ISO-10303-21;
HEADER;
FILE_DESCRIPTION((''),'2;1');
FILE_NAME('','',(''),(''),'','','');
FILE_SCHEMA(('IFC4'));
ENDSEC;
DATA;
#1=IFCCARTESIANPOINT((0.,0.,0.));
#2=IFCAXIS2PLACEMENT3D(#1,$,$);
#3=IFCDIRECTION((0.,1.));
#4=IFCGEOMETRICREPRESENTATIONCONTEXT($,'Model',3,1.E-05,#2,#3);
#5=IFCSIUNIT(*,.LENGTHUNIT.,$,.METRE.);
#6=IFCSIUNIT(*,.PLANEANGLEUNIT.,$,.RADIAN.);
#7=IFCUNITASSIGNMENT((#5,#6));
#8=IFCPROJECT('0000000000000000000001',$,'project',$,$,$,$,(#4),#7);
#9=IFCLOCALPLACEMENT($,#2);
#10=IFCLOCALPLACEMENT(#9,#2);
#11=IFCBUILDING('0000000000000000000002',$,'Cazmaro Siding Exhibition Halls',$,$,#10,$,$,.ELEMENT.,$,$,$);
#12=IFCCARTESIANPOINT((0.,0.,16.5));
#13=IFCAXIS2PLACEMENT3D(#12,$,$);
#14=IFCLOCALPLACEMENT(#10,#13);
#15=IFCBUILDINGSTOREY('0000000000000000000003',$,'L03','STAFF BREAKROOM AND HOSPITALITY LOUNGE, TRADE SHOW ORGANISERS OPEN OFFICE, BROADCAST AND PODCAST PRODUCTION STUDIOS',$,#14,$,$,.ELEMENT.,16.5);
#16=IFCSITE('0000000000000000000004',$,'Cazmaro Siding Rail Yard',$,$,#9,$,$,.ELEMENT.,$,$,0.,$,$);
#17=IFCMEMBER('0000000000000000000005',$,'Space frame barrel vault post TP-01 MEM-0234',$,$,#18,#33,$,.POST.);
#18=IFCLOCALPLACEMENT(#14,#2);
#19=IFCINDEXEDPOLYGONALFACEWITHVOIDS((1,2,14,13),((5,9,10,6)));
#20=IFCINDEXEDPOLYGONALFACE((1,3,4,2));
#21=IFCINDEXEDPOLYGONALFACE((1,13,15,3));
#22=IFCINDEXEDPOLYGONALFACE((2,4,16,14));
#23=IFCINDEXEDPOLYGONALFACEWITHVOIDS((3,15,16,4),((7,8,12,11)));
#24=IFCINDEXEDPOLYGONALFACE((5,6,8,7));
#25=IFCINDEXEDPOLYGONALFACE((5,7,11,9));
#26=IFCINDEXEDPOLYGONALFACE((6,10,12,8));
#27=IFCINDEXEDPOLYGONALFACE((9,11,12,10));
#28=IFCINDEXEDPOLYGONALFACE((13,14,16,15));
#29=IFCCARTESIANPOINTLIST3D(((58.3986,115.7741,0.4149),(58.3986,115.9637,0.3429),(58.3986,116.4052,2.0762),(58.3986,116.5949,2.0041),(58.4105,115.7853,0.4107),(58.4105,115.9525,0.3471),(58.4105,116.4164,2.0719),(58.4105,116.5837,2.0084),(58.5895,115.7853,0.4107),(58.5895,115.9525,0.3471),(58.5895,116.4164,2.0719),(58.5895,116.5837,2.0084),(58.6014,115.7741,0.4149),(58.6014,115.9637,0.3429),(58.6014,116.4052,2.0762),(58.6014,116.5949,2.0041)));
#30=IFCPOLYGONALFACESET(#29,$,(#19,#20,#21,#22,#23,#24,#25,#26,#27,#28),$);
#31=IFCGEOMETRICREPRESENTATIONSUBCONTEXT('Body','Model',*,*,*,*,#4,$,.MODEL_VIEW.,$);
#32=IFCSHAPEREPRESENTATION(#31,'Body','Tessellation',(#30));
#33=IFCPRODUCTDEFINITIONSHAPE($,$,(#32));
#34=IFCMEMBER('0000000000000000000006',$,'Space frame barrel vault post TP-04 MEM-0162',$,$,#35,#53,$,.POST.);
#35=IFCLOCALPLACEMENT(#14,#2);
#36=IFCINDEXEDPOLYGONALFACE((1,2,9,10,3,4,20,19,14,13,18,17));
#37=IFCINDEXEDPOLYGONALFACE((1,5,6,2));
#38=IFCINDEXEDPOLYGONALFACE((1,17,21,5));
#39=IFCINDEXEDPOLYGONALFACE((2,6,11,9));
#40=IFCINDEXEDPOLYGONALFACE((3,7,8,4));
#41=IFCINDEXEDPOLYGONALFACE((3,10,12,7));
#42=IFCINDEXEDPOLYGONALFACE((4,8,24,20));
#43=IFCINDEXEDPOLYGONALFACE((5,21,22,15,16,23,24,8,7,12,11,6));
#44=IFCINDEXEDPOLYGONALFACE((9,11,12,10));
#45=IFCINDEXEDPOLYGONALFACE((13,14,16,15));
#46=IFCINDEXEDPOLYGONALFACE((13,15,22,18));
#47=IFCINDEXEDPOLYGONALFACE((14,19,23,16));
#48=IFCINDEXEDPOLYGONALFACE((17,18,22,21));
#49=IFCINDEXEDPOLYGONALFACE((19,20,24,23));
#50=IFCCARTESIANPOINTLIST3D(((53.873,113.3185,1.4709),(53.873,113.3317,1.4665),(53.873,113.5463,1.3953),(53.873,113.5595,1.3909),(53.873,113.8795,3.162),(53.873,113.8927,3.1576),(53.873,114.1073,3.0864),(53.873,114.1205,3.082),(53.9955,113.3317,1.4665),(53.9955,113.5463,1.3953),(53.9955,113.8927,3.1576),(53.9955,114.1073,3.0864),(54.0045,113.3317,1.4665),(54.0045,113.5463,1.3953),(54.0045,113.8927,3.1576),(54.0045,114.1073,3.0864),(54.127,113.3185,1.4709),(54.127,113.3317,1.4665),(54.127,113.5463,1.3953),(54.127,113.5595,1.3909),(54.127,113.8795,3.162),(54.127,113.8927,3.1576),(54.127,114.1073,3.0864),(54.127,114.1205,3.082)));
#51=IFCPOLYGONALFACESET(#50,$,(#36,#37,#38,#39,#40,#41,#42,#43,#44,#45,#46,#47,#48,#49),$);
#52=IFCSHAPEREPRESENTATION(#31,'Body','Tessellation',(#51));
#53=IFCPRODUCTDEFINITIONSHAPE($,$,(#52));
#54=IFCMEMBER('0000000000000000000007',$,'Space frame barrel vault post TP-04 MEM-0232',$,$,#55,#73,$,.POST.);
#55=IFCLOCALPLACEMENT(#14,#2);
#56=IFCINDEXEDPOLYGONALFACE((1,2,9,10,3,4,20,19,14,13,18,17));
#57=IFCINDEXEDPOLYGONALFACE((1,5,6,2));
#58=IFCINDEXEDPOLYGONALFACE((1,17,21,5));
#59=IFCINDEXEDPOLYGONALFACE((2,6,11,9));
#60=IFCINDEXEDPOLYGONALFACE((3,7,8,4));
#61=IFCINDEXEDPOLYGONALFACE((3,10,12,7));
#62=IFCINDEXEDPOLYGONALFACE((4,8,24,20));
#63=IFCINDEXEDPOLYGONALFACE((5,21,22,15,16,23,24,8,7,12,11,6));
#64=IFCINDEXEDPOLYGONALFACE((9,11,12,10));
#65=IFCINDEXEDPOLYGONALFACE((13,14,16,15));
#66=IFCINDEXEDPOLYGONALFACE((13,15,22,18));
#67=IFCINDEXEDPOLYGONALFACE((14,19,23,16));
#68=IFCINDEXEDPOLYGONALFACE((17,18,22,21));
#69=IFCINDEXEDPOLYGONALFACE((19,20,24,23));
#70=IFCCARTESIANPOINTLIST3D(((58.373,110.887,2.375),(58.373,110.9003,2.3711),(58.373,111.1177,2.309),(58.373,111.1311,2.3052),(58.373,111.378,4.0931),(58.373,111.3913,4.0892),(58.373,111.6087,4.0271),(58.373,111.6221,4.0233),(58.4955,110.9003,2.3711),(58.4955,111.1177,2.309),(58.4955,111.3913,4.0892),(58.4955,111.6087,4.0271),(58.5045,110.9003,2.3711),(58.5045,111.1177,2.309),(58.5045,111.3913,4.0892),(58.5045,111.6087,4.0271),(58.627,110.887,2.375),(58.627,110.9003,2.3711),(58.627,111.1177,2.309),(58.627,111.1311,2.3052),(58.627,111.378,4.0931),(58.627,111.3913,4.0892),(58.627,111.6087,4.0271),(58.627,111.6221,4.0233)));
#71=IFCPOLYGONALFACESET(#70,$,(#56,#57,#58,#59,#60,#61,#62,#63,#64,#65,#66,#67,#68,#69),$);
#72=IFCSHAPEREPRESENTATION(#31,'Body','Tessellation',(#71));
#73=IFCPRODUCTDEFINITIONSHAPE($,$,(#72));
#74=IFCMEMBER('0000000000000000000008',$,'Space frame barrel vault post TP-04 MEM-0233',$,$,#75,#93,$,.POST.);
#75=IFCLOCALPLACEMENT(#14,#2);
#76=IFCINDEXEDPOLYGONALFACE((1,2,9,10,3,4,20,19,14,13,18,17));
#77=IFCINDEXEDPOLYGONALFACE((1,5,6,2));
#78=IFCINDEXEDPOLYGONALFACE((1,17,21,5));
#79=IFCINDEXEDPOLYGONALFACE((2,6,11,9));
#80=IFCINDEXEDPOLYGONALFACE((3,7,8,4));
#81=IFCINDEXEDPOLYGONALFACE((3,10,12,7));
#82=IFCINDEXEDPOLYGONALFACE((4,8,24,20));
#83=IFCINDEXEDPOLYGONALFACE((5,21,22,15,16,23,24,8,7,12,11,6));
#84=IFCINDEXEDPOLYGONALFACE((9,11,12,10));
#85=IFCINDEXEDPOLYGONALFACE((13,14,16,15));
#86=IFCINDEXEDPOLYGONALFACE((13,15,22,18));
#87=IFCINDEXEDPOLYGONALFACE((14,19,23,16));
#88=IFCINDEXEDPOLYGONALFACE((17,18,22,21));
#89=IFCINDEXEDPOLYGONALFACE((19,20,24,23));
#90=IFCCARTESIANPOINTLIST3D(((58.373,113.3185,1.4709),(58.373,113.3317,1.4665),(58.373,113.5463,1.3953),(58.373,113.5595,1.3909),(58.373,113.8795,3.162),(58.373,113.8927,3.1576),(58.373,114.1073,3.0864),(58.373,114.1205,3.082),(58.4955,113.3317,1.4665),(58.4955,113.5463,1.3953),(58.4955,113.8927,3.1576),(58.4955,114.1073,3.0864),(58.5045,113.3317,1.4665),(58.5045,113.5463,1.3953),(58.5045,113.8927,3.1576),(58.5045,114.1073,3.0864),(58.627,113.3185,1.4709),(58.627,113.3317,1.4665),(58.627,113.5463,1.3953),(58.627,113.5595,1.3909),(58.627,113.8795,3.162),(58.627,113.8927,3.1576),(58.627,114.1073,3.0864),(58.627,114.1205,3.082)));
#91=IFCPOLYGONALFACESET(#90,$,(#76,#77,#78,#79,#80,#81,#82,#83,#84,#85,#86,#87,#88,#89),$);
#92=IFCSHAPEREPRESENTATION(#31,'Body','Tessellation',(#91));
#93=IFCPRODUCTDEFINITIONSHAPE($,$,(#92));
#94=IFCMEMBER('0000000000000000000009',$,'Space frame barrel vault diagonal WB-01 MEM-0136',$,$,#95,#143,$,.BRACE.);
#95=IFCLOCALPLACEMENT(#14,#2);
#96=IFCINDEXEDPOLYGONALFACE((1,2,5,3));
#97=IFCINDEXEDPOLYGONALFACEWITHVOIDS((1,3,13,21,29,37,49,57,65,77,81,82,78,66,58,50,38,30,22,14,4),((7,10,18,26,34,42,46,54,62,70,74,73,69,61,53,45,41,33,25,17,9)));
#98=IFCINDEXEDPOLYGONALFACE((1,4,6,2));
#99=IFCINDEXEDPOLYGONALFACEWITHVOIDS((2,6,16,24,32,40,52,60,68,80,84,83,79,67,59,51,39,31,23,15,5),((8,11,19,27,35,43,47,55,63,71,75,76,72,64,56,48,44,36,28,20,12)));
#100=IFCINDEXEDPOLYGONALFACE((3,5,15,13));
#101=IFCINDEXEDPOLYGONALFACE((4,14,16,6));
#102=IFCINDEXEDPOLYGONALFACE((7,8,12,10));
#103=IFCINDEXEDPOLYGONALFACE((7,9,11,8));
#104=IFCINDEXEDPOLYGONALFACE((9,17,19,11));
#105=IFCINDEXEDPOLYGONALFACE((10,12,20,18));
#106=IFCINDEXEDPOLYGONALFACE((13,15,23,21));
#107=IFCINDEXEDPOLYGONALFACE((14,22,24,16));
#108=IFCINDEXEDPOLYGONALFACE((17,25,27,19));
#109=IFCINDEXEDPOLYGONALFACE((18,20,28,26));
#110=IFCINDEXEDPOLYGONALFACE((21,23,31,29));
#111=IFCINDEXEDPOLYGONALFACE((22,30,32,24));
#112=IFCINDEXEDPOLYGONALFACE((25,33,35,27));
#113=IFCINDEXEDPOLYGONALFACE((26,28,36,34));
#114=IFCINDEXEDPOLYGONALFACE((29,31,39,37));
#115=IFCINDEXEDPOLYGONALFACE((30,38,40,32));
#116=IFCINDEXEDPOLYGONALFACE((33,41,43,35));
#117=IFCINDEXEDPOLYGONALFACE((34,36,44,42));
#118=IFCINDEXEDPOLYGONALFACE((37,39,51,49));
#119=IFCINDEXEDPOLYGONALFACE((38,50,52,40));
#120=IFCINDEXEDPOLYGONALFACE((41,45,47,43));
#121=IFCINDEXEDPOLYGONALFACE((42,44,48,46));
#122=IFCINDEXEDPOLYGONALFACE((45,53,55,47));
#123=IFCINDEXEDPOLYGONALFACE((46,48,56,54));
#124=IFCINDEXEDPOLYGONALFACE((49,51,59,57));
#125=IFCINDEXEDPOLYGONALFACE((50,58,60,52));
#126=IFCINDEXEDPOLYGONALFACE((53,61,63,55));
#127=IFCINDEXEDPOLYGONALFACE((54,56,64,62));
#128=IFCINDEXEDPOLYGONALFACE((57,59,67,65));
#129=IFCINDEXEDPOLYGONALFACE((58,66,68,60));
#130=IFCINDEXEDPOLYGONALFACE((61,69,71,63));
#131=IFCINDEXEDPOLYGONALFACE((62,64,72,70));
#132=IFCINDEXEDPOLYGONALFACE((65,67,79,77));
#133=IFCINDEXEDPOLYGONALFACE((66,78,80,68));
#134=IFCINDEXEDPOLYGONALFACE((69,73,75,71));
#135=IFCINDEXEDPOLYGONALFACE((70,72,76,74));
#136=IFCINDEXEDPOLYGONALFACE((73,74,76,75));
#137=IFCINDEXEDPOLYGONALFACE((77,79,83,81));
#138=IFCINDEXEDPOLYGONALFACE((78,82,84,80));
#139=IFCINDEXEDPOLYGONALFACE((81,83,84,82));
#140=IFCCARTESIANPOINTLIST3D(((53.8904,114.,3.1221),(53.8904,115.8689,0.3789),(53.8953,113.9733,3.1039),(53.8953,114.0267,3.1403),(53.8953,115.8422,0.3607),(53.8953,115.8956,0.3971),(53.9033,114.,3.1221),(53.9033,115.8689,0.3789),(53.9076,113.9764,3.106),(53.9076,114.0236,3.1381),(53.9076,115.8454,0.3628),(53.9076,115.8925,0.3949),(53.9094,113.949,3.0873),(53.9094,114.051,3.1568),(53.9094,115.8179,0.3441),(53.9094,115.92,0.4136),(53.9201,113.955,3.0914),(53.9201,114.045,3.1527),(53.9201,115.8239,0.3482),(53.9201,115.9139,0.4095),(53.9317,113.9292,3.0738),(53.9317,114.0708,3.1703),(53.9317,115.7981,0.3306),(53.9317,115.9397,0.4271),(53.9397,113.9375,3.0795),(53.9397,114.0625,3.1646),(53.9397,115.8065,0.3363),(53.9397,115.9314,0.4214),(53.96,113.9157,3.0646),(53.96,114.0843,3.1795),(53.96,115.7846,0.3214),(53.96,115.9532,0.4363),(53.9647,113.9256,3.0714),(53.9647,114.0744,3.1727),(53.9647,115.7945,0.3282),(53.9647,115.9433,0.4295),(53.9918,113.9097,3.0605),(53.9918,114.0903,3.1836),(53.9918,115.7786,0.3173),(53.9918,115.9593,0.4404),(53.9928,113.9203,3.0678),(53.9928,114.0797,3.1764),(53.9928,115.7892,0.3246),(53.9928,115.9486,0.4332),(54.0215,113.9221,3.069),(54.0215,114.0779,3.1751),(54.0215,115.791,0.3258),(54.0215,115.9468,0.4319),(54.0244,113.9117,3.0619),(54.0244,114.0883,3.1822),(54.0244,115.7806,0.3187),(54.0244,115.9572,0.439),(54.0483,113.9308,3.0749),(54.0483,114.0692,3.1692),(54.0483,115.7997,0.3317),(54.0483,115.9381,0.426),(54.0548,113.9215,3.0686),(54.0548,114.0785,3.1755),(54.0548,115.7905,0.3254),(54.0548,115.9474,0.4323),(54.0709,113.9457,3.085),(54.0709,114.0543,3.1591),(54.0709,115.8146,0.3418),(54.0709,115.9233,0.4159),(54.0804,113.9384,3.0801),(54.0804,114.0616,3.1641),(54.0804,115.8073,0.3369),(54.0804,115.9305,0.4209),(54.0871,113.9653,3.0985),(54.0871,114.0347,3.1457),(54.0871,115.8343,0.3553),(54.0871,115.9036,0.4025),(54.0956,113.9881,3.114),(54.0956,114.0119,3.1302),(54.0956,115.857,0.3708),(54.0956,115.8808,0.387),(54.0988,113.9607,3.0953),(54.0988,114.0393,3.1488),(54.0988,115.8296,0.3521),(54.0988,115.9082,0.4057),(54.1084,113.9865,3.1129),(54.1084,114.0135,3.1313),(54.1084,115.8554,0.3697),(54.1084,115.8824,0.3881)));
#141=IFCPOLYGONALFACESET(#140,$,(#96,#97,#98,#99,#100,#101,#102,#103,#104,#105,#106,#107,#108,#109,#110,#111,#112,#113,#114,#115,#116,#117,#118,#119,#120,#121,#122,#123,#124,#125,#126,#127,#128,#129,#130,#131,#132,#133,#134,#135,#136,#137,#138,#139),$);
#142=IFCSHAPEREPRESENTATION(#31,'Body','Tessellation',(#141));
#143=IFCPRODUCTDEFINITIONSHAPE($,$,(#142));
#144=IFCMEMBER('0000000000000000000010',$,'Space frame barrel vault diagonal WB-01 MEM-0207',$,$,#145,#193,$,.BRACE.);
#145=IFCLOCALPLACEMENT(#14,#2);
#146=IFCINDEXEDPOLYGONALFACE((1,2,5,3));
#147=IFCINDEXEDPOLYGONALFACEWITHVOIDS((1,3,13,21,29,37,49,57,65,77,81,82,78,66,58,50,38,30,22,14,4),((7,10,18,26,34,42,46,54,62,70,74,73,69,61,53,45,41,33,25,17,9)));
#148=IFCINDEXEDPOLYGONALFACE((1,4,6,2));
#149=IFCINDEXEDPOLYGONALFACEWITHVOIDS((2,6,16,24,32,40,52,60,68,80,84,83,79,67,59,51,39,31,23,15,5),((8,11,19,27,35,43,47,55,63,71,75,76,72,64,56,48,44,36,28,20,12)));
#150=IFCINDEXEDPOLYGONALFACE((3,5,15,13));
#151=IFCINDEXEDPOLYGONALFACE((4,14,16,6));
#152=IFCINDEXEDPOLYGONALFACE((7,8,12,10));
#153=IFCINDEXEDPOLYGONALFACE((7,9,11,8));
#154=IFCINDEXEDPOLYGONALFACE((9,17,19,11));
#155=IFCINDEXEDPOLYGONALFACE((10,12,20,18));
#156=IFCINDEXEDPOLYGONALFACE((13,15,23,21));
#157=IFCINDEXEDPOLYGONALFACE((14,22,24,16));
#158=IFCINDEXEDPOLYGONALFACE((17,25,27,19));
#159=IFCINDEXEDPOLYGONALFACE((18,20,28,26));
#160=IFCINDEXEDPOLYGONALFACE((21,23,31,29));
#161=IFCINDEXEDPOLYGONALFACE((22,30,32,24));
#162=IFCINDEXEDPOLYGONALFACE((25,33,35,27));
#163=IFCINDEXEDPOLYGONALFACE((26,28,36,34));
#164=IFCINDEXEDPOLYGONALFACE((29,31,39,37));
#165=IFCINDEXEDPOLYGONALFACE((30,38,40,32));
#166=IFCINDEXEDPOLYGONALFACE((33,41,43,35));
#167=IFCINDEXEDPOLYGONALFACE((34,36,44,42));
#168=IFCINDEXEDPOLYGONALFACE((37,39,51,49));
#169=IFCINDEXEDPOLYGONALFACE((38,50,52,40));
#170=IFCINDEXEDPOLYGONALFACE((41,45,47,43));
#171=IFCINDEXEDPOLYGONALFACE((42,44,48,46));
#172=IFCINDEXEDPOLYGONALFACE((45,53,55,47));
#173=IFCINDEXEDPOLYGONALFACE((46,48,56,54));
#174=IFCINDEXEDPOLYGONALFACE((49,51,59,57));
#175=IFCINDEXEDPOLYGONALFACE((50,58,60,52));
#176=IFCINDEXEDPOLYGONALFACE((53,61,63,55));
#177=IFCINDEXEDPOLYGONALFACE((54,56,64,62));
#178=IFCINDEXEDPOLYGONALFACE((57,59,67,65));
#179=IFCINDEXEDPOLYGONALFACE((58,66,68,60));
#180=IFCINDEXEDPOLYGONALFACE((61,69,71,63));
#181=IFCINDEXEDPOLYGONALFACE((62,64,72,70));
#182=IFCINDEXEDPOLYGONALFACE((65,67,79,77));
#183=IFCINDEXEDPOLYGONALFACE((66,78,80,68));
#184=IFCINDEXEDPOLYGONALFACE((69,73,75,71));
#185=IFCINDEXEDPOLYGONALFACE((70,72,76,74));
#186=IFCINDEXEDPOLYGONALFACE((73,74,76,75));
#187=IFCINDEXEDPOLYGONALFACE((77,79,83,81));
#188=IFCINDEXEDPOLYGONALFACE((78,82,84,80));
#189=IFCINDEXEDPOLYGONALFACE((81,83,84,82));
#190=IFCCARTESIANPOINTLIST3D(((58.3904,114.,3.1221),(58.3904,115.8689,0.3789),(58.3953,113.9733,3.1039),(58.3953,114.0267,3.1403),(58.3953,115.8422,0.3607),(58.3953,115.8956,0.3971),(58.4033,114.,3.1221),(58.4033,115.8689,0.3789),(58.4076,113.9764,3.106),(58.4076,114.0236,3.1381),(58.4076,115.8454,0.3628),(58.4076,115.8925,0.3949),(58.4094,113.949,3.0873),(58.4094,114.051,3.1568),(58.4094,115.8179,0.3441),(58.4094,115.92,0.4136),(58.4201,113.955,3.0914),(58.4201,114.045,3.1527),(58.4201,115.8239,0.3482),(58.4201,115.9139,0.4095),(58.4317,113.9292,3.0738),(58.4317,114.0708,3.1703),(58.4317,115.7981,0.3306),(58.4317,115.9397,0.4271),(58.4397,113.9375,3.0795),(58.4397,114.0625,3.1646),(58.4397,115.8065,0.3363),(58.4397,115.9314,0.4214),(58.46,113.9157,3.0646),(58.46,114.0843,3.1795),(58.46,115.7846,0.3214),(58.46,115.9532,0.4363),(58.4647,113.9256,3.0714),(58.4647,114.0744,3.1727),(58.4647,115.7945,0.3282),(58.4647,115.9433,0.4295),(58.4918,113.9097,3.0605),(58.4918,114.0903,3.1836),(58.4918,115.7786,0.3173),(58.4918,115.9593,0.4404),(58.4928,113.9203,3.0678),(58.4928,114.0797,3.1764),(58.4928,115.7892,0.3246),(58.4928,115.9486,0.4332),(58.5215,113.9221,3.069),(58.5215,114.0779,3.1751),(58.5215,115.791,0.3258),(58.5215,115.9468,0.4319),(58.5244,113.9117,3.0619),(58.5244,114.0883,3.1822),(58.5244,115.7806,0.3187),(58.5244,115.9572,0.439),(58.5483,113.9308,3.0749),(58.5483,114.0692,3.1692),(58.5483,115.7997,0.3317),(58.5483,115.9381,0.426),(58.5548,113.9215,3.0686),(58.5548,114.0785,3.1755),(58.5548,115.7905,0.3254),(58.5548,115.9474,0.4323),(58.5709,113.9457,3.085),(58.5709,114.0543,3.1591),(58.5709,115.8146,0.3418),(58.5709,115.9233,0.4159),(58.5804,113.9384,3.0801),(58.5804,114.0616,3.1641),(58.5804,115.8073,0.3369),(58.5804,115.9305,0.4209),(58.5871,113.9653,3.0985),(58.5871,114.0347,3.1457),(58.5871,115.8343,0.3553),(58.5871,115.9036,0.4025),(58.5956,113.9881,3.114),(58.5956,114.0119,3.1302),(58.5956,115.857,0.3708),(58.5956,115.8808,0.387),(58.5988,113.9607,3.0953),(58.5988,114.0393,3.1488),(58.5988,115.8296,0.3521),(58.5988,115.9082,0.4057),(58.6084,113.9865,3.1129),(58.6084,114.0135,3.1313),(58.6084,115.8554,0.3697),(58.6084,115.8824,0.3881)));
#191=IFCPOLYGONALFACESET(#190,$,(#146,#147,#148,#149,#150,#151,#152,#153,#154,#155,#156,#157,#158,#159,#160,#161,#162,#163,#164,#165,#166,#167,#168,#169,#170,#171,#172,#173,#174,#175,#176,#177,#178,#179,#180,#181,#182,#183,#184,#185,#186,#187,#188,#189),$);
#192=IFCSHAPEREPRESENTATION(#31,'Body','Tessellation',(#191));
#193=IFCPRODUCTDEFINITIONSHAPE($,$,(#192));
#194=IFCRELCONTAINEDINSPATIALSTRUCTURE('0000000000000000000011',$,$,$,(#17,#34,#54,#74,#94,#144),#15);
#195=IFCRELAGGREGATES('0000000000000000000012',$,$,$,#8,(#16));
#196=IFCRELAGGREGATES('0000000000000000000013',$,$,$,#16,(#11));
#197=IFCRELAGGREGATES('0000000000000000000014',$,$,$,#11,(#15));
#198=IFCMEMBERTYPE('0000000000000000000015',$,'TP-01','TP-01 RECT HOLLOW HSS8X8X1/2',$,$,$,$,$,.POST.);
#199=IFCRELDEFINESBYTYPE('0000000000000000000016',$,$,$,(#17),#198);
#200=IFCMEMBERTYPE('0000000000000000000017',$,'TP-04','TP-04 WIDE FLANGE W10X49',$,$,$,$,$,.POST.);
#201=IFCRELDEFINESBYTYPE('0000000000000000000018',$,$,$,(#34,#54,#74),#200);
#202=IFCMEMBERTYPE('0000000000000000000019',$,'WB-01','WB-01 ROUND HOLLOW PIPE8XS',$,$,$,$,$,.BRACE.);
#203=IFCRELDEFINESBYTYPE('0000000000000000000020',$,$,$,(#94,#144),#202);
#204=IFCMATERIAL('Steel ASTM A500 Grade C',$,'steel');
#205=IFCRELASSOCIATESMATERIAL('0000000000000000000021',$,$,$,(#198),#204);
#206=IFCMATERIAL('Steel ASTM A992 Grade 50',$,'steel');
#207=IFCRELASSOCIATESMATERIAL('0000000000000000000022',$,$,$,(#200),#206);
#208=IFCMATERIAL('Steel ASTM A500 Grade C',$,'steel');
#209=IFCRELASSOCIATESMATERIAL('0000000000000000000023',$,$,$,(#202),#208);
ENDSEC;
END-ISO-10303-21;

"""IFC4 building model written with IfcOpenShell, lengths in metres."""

from ifc_helpers import new_model, si_unit, direction, frame, origin, origin_2d, place, context, subcontext, project, spatial, hollow_rectangle, hollow_circle, i_section, extrude, material, material_profile, profile_set, type_object, element, save


model = new_model("IFC4")

# Units and contexts
model_context = context("Model", 3, precision=1e-05, world=origin(), true_north=direction((0.0, 1.0)))
body_context = subcontext(model_context, "Body", "Model", "MODEL_VIEW")
ifc_project = project(units=[si_unit("LENGTHUNIT", "METRE"), si_unit("PLANEANGLEUNIT", "RADIAN")], contexts=[model_context])

# Site, building, storey
site_placement = place(None, origin())
site = spatial("IfcSite", under=ifc_project, at=site_placement, Name="Cazmaro Siding Rail Yard", CompositionType="ELEMENT", RefElevation=0.0)
building_placement = place(site_placement, origin())
building = spatial("IfcBuilding", under=site, at=building_placement, Name="Cazmaro Siding Exhibition Halls", CompositionType="ELEMENT")
storey_placement = place(building_placement, frame((0.0, 0.0, 16.5)))
storey = spatial("IfcBuildingStorey", under=building, at=storey_placement, Name="L03", Description="STAFF BREAKROOM AND HOSPITALITY LOUNGE, TRADE SHOW ORGANISERS OPEN OFFICE, BROADCAST AND PODCAST PRODUCTION STUDIOS", CompositionType="ELEMENT", Elevation=16.5)

# Members
ifc_material_1 = material(Name="Steel ASTM A500 Grade C", Category="steel")
ifc_material_profile_1 = material_profile(ifc_material_1, hollow_rectangle(XDim=0.2029, YDim=0.2029, WallThickness=0.012, at=origin_2d()), Name="HSS8X8X1/2")
ifc_profile_set_1 = profile_set([ifc_material_profile_1], Name="Steel ASTM A500 Grade C")
member_type_1 = type_object("IfcMemberType", Name="TP-01", Description="TP-01 RECT HOLLOW HSS8X8X1/2", PredefinedType="POST", material=ifc_profile_set_1)
for number, where, z_axis, x_axis, name in (
    (1, (58.5, 115.8689, 0.3789), (0.0, 0.355155, 0.934807), (-1.0, 0.0, 0.0), "Space frame barrel vault post TP-01 MEM-0234"),
):
    element("IfcMember", number, at=place(storey_placement, frame(where, z_axis=z_axis, x_axis=x_axis)), inside=storey, type_object=member_type_1, Name=name, PredefinedType="POST", context=body_context, shape_type="SweptSolid", body=[
        extrude(hollow_rectangle(XDim=0.2029, YDim=0.2029, WallThickness=0.012, at=origin_2d()), origin(), (0.0, 0.0, 1.0), 1.7771),
    ])
ifc_material_2 = material(Name="Steel ASTM A992 Grade 50", Category="steel")
ifc_material_profile_2 = material_profile(ifc_material_2, i_section(OverallWidth=0.2539, OverallDepth=0.2539, WebThickness=0.009, FlangeThickness=0.0139, at=origin_2d()), Name="W10X49")
ifc_profile_set_2 = profile_set([ifc_material_profile_2], Name="Steel ASTM A992 Grade 50")
member_type_2 = type_object("IfcMemberType", Name="TP-04", Description="TP-04 WIDE FLANGE W10X49", PredefinedType="POST", material=ifc_profile_set_2)
member_1_placement = place(storey_placement, frame((54.0, 113.439, 1.4309), z_axis=(0.0, 0.314871, 0.949134), x_axis=(-1.0, 0.0, 0.0)))
element("IfcMember", 2, at=member_1_placement, inside=storey, type_object=member_type_2, Name="Space frame barrel vault post TP-04 MEM-0162", PredefinedType="POST", context=body_context, shape_type="SweptSolid", body=[
    extrude(i_section(OverallWidth=0.2539, OverallDepth=0.2539, WebThickness=0.009, FlangeThickness=0.0139, at=origin_2d()), origin(), (0.0, 0.0, 1.0), 1.7817),
])
member_2_placement = place(storey_placement, frame((58.5, 111.009, 2.3401), z_axis=(0.0, 0.274775, 0.961508), x_axis=(-1.0, 0.0, 0.0)))
element("IfcMember", 3, at=member_2_placement, inside=storey, type_object=member_type_2, Name="Space frame barrel vault post TP-04 MEM-0232", PredefinedType="POST", context=body_context, shape_type="SweptSolid", body=[
    extrude(i_section(OverallWidth=0.2539, OverallDepth=0.2539, WebThickness=0.009, FlangeThickness=0.0139, at=origin_2d()), origin(), (0.0, 0.0, 1.0), 1.7869),
])
member_3_placement = place(storey_placement, frame((58.5, 113.439, 1.4309), z_axis=(0.0, 0.314871, 0.949134), x_axis=(-1.0, 0.0, 0.0)))
element("IfcMember", 4, at=member_3_placement, inside=storey, type_object=member_type_2, Name="Space frame barrel vault post TP-04 MEM-0233", PredefinedType="POST", context=body_context, shape_type="SweptSolid", body=[
    extrude(i_section(OverallWidth=0.2539, OverallDepth=0.2539, WebThickness=0.009, FlangeThickness=0.0139, at=origin_2d()), origin(), (0.0, 0.0, 1.0), 1.7817),
])
ifc_material_3 = material(Name="Steel ASTM A500 Grade C", Category="steel")
ifc_material_profile_3 = material_profile(ifc_material_3, hollow_circle(Radius=0.1096, WallThickness=0.0129, at=origin_2d()), Name="PIPE8XS")
ifc_profile_set_3 = profile_set([ifc_material_profile_3], Name="Steel ASTM A500 Grade C")
member_type_3 = type_object("IfcMemberType", Name="WB-01", Description="WB-01 ROUND HOLLOW PIPE8XS", PredefinedType="BRACE", material=ifc_profile_set_3)
for number, where, z_axis, x_axis, name in (
    (5, (54.0, 114.0, 3.1221), (0.0, 0.56304, -0.82643), (-1.0, 0.0, 0.0), "Space frame barrel vault diagonal WB-01 MEM-0136"),
    (6, (58.5, 114.0, 3.1221), (0.0, 0.56304, -0.82643), (-1.0, 0.0, 0.0), "Space frame barrel vault diagonal WB-01 MEM-0207"),
):
    element("IfcMember", number, at=place(storey_placement, frame(where, z_axis=z_axis, x_axis=x_axis)), inside=storey, type_object=member_type_3, Name=name, PredefinedType="BRACE", context=body_context, shape_type="SweptSolid", body=[
        extrude(hollow_circle(Radius=0.1096, WallThickness=0.0129, at=origin_2d()), origin(), (0.0, 0.0, 1.0), 3.3193),
    ])

save(model, "model.ifc")
